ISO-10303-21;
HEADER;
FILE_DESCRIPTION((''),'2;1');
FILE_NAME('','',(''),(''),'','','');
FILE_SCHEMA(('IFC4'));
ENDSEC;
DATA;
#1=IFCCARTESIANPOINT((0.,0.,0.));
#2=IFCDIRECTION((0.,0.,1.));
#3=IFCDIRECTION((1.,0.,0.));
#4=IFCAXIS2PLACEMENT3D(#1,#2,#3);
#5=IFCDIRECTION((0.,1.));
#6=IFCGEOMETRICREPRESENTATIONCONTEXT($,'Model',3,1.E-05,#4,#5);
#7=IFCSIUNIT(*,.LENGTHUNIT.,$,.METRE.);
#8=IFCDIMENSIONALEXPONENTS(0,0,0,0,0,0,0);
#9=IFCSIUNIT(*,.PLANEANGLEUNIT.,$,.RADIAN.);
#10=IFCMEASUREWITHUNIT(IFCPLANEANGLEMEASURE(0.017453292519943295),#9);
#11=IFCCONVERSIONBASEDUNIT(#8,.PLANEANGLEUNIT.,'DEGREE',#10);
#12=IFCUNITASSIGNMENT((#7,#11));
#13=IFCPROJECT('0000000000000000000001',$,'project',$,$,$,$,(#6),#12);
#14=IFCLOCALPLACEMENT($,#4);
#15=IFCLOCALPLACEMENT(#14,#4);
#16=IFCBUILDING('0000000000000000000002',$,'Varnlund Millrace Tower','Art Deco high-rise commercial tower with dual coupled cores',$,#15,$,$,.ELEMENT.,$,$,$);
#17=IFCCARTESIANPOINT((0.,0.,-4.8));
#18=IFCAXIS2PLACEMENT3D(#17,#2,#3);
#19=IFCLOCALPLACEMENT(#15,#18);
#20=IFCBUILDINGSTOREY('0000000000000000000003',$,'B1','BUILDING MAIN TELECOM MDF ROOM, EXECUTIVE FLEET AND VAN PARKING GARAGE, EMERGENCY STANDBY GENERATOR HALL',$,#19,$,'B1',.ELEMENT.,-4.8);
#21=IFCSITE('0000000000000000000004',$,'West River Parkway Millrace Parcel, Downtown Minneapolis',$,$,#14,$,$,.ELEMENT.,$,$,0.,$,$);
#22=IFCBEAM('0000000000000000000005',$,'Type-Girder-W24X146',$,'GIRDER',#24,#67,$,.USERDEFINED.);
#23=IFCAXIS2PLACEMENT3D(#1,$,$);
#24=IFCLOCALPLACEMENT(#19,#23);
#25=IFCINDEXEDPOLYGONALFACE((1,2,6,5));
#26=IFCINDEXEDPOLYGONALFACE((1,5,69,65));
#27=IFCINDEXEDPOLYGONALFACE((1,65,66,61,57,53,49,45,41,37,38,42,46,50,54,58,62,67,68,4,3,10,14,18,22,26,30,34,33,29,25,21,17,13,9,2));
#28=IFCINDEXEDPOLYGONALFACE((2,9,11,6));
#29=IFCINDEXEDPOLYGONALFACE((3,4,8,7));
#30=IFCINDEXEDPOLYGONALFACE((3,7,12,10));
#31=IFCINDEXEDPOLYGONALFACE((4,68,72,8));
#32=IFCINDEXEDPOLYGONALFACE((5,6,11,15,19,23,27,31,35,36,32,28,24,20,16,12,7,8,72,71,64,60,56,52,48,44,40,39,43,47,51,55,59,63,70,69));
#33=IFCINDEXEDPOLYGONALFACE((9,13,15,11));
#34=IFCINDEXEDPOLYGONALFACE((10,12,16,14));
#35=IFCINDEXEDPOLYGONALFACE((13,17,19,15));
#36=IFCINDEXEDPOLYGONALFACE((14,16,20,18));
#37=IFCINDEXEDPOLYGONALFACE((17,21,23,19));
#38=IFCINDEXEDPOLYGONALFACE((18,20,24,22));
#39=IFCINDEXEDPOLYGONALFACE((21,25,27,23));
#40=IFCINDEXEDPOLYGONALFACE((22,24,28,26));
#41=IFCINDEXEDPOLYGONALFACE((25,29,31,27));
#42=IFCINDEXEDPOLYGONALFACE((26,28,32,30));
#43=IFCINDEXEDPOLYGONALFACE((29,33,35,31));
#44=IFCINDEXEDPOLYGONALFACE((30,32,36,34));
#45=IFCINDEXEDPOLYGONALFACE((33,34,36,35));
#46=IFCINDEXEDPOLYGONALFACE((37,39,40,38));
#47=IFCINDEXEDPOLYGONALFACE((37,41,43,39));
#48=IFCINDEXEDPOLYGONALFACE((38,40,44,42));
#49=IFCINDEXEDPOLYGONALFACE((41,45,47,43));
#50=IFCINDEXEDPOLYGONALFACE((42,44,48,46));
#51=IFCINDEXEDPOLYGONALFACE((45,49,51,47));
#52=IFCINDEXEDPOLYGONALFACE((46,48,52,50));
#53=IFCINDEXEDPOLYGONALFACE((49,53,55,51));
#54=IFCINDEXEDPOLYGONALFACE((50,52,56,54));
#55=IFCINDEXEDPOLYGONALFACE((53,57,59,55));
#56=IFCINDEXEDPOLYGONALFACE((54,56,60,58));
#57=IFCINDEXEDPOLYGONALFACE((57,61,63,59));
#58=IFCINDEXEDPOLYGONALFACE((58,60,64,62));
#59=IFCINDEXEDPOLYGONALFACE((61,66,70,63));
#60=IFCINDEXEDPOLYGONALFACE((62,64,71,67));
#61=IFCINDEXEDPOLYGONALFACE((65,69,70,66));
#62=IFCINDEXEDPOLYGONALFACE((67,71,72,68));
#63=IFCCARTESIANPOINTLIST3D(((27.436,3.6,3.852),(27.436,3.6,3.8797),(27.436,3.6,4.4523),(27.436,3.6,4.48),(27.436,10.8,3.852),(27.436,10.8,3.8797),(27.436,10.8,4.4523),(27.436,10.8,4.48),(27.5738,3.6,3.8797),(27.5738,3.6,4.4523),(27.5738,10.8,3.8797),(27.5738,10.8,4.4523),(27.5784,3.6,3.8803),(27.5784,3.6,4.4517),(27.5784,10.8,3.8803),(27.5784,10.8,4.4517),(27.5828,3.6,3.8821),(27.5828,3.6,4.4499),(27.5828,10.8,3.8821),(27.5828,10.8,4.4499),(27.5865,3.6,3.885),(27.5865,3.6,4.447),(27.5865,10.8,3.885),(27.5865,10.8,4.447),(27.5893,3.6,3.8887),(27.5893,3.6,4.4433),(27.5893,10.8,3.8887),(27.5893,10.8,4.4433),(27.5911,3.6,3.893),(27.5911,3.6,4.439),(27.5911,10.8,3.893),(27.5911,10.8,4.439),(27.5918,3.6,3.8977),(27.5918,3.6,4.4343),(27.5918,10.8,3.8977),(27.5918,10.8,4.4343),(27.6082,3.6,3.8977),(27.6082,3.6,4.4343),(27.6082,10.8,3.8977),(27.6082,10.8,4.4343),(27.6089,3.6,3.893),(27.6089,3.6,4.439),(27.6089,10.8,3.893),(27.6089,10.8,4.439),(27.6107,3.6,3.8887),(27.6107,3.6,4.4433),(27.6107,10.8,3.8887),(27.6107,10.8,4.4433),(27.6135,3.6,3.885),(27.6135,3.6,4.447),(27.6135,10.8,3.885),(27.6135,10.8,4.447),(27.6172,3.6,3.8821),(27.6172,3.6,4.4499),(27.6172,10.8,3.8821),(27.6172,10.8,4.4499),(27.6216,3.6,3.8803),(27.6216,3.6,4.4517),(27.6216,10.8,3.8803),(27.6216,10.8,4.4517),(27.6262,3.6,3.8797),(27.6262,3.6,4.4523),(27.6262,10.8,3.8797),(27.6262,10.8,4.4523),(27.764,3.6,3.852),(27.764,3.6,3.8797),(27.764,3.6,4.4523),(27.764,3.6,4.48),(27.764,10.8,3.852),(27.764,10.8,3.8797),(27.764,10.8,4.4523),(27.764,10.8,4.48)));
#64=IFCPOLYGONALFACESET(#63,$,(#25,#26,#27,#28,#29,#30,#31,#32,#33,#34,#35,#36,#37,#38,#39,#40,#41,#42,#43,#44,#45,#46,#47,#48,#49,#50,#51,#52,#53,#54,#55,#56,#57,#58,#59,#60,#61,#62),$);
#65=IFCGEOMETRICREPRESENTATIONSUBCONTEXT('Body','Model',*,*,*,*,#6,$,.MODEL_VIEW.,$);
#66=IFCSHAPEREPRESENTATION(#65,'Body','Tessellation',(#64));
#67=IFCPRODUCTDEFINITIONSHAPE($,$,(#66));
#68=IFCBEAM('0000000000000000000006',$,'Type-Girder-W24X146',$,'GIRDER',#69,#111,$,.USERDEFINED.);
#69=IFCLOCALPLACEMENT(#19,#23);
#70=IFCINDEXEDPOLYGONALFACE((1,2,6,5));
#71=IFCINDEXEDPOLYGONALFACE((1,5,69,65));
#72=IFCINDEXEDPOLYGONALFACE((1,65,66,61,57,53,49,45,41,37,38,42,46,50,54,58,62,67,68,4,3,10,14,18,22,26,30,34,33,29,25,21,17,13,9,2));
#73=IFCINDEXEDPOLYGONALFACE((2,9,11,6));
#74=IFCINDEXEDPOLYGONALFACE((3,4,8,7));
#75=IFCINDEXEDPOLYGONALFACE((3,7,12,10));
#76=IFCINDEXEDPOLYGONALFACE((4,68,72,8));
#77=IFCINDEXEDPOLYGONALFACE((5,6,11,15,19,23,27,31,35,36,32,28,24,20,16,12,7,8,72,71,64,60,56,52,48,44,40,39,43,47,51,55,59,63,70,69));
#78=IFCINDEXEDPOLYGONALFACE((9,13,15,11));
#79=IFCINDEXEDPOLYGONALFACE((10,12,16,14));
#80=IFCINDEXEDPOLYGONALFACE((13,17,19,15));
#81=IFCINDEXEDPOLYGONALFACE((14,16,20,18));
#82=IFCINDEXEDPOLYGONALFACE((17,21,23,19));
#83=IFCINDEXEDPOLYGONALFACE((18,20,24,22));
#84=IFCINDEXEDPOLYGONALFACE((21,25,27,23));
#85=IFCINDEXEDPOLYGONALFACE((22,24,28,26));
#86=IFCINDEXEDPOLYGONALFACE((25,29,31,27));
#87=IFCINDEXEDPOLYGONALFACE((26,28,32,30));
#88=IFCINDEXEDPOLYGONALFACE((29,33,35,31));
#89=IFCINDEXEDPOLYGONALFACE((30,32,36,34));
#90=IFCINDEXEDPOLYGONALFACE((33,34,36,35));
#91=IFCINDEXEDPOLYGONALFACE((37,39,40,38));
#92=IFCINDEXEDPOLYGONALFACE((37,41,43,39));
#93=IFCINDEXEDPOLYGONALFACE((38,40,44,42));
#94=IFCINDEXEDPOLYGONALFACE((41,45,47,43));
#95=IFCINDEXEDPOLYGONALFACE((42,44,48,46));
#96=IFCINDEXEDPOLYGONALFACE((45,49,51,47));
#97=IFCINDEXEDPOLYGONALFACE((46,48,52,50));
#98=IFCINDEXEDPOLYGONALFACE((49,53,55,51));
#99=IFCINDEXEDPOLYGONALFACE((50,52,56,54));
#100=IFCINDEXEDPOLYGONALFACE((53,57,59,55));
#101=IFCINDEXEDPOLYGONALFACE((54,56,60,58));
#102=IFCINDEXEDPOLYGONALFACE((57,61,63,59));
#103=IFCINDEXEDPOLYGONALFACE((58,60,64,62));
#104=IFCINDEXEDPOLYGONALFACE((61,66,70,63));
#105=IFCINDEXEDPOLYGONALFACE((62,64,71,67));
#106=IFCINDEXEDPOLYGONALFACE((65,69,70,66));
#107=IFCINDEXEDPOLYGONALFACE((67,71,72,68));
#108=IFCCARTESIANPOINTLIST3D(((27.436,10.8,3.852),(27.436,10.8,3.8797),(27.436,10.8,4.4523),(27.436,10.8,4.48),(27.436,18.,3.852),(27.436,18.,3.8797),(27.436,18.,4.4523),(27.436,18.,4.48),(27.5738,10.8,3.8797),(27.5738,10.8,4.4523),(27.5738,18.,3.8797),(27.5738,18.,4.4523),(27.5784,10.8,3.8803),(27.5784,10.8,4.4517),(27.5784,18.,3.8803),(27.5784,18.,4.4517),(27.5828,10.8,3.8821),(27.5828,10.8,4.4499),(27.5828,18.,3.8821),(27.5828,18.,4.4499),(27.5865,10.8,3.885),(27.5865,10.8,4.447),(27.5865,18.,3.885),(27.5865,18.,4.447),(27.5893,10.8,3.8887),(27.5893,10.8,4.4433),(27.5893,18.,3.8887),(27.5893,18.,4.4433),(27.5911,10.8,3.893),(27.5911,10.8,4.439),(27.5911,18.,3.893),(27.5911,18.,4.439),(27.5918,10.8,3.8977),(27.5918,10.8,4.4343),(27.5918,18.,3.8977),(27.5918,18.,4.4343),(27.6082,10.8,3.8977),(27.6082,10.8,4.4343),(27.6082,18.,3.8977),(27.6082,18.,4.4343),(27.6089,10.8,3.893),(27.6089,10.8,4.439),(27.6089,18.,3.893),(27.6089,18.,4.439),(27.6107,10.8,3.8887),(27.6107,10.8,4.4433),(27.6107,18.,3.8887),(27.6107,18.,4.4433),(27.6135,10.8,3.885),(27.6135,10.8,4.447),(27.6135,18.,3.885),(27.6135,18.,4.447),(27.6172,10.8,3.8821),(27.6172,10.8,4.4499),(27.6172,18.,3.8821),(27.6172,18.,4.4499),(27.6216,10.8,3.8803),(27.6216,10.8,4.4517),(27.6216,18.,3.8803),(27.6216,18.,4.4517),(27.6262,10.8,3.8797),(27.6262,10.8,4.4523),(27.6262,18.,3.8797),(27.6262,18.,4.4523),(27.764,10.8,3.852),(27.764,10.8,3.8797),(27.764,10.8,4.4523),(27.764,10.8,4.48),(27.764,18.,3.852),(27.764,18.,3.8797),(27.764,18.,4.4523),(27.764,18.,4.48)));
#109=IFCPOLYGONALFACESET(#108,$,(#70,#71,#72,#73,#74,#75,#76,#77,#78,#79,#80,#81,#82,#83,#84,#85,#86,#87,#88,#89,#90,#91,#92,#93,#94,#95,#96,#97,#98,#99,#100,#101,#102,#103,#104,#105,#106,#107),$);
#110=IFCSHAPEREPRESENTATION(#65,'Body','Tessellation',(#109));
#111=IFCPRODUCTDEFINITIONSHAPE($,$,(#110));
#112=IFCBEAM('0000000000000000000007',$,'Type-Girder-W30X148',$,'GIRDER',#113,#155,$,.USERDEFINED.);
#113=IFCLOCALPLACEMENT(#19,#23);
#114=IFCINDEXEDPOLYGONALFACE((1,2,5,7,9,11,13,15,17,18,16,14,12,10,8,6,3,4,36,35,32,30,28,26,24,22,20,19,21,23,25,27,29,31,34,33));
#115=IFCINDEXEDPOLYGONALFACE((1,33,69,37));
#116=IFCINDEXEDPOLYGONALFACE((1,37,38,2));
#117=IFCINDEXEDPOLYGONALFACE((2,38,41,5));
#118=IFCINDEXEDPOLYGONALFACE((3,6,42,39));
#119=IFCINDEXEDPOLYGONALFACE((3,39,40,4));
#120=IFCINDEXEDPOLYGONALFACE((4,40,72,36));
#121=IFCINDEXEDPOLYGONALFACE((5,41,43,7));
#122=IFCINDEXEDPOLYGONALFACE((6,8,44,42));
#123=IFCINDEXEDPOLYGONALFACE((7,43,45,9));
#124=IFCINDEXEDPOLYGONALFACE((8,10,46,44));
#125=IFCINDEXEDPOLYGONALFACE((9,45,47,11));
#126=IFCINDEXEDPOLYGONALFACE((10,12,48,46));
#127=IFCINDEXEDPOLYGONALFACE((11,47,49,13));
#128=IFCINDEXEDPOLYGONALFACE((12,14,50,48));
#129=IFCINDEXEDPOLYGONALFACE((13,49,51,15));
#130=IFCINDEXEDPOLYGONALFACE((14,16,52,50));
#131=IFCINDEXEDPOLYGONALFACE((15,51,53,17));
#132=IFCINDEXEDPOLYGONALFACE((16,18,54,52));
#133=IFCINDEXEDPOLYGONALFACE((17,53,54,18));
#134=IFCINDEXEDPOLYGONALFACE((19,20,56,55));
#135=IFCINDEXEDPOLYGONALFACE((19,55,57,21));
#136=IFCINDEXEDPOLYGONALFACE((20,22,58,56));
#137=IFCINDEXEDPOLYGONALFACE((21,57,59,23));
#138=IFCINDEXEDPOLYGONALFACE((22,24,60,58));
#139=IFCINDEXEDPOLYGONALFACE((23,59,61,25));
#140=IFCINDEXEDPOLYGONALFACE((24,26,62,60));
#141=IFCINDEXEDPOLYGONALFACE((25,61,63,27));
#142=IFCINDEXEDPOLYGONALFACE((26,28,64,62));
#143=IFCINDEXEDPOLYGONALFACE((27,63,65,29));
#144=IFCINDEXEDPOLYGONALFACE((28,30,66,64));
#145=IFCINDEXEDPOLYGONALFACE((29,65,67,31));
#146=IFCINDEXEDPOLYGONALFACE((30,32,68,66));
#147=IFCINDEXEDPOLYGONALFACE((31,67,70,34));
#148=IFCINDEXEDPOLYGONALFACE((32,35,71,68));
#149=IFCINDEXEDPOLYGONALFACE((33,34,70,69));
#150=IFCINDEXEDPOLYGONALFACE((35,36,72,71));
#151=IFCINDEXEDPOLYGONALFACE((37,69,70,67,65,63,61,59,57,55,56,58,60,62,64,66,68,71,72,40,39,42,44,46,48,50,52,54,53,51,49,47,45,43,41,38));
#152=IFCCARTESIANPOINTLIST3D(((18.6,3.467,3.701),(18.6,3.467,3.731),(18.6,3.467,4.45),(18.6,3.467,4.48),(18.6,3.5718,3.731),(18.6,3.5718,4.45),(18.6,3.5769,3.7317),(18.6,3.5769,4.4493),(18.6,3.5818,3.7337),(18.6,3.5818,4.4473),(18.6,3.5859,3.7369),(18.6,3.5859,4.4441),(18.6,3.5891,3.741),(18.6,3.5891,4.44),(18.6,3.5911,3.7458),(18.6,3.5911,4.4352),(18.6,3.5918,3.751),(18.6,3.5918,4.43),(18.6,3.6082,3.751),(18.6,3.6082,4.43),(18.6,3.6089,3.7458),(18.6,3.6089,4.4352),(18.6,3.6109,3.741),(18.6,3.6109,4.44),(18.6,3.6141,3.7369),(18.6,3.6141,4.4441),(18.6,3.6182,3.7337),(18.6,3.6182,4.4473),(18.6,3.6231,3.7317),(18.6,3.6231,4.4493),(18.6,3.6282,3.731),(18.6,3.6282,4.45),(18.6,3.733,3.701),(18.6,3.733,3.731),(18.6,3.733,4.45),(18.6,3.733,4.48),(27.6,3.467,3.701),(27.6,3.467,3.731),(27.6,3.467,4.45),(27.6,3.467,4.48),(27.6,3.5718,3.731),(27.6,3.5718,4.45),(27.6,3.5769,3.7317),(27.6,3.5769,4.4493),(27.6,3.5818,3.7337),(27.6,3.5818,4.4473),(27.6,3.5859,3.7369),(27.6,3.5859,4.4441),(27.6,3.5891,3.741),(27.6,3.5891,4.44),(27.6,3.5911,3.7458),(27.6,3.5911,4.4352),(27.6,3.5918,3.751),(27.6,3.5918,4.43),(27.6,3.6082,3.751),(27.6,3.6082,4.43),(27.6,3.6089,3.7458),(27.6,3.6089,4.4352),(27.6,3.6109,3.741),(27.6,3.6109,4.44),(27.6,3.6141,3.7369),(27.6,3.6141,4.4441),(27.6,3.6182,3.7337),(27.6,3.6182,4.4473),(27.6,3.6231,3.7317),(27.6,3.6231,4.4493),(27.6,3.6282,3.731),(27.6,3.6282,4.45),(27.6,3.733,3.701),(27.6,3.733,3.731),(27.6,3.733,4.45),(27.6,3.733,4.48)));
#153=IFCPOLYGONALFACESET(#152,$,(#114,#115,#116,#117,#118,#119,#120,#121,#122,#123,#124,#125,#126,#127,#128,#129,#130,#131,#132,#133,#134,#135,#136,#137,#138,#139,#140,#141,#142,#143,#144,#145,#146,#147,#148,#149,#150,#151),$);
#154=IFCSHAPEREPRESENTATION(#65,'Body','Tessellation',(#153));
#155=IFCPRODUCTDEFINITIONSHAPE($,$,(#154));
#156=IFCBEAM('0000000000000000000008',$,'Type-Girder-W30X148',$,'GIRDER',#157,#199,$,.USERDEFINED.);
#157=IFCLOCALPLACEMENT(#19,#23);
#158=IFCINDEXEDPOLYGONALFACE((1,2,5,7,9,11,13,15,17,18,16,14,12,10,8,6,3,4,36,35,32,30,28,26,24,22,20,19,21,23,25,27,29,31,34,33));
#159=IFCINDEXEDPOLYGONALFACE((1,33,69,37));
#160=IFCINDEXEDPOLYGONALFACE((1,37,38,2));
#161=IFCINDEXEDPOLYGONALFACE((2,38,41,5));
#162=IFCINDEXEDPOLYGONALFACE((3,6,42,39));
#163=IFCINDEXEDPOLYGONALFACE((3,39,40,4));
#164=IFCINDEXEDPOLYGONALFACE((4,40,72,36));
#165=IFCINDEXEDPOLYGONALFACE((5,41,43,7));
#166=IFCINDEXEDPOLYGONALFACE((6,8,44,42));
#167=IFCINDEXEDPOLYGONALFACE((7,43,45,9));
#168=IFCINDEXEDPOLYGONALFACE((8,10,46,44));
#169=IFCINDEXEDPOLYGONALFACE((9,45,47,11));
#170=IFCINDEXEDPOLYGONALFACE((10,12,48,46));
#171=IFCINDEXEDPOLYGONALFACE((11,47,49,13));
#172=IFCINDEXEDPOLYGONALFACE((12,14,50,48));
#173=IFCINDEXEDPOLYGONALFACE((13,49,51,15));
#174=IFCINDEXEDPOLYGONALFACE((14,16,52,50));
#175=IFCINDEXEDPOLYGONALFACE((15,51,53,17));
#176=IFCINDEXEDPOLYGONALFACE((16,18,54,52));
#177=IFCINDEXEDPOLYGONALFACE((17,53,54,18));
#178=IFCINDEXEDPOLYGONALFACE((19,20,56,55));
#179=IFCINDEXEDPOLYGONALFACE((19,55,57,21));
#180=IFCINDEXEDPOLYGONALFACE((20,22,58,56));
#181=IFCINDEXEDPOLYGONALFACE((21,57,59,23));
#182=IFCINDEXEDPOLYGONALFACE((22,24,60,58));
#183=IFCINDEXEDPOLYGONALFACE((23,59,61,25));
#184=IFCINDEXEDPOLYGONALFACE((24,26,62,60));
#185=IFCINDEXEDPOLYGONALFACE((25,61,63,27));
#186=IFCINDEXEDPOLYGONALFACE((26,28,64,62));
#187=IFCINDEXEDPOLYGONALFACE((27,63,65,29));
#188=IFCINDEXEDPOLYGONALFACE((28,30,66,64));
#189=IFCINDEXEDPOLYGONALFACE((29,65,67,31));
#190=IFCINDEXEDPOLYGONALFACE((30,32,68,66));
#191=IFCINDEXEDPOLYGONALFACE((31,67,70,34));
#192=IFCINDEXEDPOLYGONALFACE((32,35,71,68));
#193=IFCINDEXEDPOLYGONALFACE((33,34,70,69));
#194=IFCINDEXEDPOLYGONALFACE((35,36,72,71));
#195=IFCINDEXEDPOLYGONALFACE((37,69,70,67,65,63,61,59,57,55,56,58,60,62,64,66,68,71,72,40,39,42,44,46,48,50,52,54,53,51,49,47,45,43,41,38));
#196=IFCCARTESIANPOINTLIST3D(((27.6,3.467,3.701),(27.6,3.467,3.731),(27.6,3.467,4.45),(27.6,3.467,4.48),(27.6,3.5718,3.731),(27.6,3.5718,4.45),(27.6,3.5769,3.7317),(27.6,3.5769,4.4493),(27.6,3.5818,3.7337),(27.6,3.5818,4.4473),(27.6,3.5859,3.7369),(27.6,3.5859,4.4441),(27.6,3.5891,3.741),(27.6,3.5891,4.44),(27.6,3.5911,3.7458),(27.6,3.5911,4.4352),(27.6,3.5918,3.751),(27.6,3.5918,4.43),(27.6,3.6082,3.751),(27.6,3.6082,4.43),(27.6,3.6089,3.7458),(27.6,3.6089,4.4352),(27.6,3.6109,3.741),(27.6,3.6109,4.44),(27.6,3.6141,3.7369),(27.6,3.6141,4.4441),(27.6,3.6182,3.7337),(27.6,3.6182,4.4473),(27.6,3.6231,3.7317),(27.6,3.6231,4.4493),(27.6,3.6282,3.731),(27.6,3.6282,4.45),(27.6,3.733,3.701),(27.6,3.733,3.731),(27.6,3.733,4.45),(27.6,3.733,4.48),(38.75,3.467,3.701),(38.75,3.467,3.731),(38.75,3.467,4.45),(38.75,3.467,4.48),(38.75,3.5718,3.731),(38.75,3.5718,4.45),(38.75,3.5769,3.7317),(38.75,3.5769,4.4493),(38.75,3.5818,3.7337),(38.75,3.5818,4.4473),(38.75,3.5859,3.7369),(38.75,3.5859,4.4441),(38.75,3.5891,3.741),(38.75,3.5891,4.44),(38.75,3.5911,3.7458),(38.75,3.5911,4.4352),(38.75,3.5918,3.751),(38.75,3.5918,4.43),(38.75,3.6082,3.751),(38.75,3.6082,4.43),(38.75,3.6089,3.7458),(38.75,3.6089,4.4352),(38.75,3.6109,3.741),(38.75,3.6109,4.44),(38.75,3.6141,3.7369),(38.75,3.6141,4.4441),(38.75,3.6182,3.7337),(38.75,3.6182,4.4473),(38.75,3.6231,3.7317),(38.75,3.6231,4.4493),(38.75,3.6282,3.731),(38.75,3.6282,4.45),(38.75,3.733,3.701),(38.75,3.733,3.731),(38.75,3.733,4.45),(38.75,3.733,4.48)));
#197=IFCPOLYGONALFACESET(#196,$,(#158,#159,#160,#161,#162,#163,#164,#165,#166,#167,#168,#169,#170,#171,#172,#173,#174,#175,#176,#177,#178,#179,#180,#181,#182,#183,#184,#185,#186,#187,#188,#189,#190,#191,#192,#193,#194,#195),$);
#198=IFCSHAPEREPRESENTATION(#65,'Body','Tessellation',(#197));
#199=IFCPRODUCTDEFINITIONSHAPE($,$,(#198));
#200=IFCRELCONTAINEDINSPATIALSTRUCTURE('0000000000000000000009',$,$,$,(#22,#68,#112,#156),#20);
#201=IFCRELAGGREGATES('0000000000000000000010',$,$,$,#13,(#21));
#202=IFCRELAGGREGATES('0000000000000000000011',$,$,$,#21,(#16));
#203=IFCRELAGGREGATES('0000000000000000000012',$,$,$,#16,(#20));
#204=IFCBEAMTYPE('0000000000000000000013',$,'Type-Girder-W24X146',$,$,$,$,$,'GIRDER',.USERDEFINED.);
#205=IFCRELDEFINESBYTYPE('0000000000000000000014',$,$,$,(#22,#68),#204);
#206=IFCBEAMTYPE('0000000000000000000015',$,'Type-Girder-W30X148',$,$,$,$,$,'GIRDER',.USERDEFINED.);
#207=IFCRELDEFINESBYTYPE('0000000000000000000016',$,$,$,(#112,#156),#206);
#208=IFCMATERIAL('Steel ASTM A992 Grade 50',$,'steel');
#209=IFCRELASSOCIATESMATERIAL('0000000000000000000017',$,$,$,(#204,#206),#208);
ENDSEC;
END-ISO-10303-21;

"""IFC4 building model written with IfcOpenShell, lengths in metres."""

from ifc_helpers import new_model, entity, si_unit, converted_unit, direction, frame, origin_with_axes, origin_2d_with_axis, place, context, subcontext, project, spatial, i_section, extrude, material, material_profile, profile_set, type_object, element, save


model = new_model("IFC4")

# Units and contexts
model_context = context("Model", 3, precision=1e-05, world=origin_with_axes(), true_north=direction((0.0, 1.0)))
body_context = subcontext(model_context, "Body", "Model", "MODEL_VIEW")
ifc_project = project(units=[si_unit("LENGTHUNIT", "METRE"), converted_unit("PLANEANGLEUNIT", "DEGREE", entity("IfcPlaneAngleMeasure", 0.017453292519943295), si_unit("PLANEANGLEUNIT", "RADIAN"), dimensions=[0, 0, 0, 0, 0, 0, 0])], contexts=[model_context])

# Site, building, storey
site_placement = place(None, origin_with_axes())
site = spatial("IfcSite", under=ifc_project, at=site_placement, Name="West River Parkway Millrace Parcel, Downtown Minneapolis", CompositionType="ELEMENT", RefElevation=0.0)
building_placement = place(site_placement, origin_with_axes())
building = spatial("IfcBuilding", under=site, at=building_placement, Name="Varnlund Millrace Tower", Description="Art Deco high-rise commercial tower with dual coupled cores", CompositionType="ELEMENT")
storey_placement = place(building_placement, frame((0.0, 0.0, -4.8), z_axis=(0.0, 0.0, 1.0), x_axis=(1.0, 0.0, 0.0)))
storey = spatial("IfcBuildingStorey", under=building, at=storey_placement, Name="B1", Description="BUILDING MAIN TELECOM MDF ROOM, EXECUTIVE FLEET AND VAN PARKING GARAGE, EMERGENCY STANDBY GENERATOR HALL", LongName="B1", CompositionType="ELEMENT", Elevation=-4.8)

# Beams
ifc_material_1 = material(Name="Steel ASTM A992 Grade 50", Category="steel")
ifc_material_profile_1 = material_profile(ifc_material_1, i_section(OverallWidth=0.328, OverallDepth=0.628, WebThickness=0.0165, FlangeThickness=0.0277, FilletRadius=0.018, at=origin_2d_with_axis()), Name="Steel ASTM A992 Grade 50")
ifc_profile_set_1 = profile_set([ifc_material_profile_1], Name="Steel ASTM A992 Grade 50")
beam_type_1 = type_object("IfcBeamType", Name="Type-Girder-W24X146", ElementType="GIRDER", PredefinedType="USERDEFINED", material=ifc_profile_set_1)
for number, where, z_axis, x_axis, name in (
    (1, (27.6, 3.6, 4.166), (0.0, 1.0, 0.0), (-1.0, 0.0, 0.0), "Type-Girder-W24X146"),
    (2, (27.6, 10.8, 4.166), (0.0, 1.0, 0.0), (-1.0, 0.0, 0.0), "Type-Girder-W24X146"),
):
    element("IfcBeam", number, at=place(storey_placement, frame(where, z_axis=z_axis, x_axis=x_axis)), inside=storey, type_object=beam_type_1, Name=name, ObjectType="GIRDER", PredefinedType="USERDEFINED", context=body_context, shape_type="SweptSolid", body=[
        extrude(i_section(OverallWidth=0.328, OverallDepth=0.628, WebThickness=0.0165, FlangeThickness=0.0277, FilletRadius=0.018, at=origin_2d_with_axis()), origin_with_axes(), (0.0, 0.0, 1.0), 7.2),
    ])
ifc_material_profile_2 = material_profile(ifc_material_1, i_section(OverallWidth=0.266, OverallDepth=0.779, WebThickness=0.0165, FlangeThickness=0.03, FilletRadius=0.02, at=origin_2d_with_axis()), Name="Steel ASTM A992 Grade 50")
ifc_profile_set_2 = profile_set([ifc_material_profile_2], Name="Steel ASTM A992 Grade 50")
beam_type_2 = type_object("IfcBeamType", Name="Type-Girder-W30X148", ElementType="GIRDER", PredefinedType="USERDEFINED", material=ifc_profile_set_2)
beam_1_placement = place(storey_placement, frame((18.6, 3.6, 4.0905), z_axis=(1.0, 0.0, 0.0), x_axis=(0.0, 1.0, 0.0)))
element("IfcBeam", 3, at=beam_1_placement, inside=storey, type_object=beam_type_2, Name="Type-Girder-W30X148", ObjectType="GIRDER", PredefinedType="USERDEFINED", context=body_context, shape_type="SweptSolid", body=[
    extrude(i_section(OverallWidth=0.266, OverallDepth=0.779, WebThickness=0.0165, FlangeThickness=0.03, FilletRadius=0.02, at=origin_2d_with_axis()), origin_with_axes(), (0.0, 0.0, 1.0), 9.0),
])
beam_2_placement = place(storey_placement, frame((27.6, 3.6, 4.0905), z_axis=(1.0, 0.0, 0.0), x_axis=(0.0, 1.0, 0.0)))
element("IfcBeam", 4, at=beam_2_placement, inside=storey, type_object=beam_type_2, Name="Type-Girder-W30X148", ObjectType="GIRDER", PredefinedType="USERDEFINED", context=body_context, shape_type="SweptSolid", body=[
    extrude(i_section(OverallWidth=0.266, OverallDepth=0.779, WebThickness=0.0165, FlangeThickness=0.03, FilletRadius=0.02, at=origin_2d_with_axis()), origin_with_axes(), (0.0, 0.0, 1.0), 11.15),
])

save(model, "model.ifc")
